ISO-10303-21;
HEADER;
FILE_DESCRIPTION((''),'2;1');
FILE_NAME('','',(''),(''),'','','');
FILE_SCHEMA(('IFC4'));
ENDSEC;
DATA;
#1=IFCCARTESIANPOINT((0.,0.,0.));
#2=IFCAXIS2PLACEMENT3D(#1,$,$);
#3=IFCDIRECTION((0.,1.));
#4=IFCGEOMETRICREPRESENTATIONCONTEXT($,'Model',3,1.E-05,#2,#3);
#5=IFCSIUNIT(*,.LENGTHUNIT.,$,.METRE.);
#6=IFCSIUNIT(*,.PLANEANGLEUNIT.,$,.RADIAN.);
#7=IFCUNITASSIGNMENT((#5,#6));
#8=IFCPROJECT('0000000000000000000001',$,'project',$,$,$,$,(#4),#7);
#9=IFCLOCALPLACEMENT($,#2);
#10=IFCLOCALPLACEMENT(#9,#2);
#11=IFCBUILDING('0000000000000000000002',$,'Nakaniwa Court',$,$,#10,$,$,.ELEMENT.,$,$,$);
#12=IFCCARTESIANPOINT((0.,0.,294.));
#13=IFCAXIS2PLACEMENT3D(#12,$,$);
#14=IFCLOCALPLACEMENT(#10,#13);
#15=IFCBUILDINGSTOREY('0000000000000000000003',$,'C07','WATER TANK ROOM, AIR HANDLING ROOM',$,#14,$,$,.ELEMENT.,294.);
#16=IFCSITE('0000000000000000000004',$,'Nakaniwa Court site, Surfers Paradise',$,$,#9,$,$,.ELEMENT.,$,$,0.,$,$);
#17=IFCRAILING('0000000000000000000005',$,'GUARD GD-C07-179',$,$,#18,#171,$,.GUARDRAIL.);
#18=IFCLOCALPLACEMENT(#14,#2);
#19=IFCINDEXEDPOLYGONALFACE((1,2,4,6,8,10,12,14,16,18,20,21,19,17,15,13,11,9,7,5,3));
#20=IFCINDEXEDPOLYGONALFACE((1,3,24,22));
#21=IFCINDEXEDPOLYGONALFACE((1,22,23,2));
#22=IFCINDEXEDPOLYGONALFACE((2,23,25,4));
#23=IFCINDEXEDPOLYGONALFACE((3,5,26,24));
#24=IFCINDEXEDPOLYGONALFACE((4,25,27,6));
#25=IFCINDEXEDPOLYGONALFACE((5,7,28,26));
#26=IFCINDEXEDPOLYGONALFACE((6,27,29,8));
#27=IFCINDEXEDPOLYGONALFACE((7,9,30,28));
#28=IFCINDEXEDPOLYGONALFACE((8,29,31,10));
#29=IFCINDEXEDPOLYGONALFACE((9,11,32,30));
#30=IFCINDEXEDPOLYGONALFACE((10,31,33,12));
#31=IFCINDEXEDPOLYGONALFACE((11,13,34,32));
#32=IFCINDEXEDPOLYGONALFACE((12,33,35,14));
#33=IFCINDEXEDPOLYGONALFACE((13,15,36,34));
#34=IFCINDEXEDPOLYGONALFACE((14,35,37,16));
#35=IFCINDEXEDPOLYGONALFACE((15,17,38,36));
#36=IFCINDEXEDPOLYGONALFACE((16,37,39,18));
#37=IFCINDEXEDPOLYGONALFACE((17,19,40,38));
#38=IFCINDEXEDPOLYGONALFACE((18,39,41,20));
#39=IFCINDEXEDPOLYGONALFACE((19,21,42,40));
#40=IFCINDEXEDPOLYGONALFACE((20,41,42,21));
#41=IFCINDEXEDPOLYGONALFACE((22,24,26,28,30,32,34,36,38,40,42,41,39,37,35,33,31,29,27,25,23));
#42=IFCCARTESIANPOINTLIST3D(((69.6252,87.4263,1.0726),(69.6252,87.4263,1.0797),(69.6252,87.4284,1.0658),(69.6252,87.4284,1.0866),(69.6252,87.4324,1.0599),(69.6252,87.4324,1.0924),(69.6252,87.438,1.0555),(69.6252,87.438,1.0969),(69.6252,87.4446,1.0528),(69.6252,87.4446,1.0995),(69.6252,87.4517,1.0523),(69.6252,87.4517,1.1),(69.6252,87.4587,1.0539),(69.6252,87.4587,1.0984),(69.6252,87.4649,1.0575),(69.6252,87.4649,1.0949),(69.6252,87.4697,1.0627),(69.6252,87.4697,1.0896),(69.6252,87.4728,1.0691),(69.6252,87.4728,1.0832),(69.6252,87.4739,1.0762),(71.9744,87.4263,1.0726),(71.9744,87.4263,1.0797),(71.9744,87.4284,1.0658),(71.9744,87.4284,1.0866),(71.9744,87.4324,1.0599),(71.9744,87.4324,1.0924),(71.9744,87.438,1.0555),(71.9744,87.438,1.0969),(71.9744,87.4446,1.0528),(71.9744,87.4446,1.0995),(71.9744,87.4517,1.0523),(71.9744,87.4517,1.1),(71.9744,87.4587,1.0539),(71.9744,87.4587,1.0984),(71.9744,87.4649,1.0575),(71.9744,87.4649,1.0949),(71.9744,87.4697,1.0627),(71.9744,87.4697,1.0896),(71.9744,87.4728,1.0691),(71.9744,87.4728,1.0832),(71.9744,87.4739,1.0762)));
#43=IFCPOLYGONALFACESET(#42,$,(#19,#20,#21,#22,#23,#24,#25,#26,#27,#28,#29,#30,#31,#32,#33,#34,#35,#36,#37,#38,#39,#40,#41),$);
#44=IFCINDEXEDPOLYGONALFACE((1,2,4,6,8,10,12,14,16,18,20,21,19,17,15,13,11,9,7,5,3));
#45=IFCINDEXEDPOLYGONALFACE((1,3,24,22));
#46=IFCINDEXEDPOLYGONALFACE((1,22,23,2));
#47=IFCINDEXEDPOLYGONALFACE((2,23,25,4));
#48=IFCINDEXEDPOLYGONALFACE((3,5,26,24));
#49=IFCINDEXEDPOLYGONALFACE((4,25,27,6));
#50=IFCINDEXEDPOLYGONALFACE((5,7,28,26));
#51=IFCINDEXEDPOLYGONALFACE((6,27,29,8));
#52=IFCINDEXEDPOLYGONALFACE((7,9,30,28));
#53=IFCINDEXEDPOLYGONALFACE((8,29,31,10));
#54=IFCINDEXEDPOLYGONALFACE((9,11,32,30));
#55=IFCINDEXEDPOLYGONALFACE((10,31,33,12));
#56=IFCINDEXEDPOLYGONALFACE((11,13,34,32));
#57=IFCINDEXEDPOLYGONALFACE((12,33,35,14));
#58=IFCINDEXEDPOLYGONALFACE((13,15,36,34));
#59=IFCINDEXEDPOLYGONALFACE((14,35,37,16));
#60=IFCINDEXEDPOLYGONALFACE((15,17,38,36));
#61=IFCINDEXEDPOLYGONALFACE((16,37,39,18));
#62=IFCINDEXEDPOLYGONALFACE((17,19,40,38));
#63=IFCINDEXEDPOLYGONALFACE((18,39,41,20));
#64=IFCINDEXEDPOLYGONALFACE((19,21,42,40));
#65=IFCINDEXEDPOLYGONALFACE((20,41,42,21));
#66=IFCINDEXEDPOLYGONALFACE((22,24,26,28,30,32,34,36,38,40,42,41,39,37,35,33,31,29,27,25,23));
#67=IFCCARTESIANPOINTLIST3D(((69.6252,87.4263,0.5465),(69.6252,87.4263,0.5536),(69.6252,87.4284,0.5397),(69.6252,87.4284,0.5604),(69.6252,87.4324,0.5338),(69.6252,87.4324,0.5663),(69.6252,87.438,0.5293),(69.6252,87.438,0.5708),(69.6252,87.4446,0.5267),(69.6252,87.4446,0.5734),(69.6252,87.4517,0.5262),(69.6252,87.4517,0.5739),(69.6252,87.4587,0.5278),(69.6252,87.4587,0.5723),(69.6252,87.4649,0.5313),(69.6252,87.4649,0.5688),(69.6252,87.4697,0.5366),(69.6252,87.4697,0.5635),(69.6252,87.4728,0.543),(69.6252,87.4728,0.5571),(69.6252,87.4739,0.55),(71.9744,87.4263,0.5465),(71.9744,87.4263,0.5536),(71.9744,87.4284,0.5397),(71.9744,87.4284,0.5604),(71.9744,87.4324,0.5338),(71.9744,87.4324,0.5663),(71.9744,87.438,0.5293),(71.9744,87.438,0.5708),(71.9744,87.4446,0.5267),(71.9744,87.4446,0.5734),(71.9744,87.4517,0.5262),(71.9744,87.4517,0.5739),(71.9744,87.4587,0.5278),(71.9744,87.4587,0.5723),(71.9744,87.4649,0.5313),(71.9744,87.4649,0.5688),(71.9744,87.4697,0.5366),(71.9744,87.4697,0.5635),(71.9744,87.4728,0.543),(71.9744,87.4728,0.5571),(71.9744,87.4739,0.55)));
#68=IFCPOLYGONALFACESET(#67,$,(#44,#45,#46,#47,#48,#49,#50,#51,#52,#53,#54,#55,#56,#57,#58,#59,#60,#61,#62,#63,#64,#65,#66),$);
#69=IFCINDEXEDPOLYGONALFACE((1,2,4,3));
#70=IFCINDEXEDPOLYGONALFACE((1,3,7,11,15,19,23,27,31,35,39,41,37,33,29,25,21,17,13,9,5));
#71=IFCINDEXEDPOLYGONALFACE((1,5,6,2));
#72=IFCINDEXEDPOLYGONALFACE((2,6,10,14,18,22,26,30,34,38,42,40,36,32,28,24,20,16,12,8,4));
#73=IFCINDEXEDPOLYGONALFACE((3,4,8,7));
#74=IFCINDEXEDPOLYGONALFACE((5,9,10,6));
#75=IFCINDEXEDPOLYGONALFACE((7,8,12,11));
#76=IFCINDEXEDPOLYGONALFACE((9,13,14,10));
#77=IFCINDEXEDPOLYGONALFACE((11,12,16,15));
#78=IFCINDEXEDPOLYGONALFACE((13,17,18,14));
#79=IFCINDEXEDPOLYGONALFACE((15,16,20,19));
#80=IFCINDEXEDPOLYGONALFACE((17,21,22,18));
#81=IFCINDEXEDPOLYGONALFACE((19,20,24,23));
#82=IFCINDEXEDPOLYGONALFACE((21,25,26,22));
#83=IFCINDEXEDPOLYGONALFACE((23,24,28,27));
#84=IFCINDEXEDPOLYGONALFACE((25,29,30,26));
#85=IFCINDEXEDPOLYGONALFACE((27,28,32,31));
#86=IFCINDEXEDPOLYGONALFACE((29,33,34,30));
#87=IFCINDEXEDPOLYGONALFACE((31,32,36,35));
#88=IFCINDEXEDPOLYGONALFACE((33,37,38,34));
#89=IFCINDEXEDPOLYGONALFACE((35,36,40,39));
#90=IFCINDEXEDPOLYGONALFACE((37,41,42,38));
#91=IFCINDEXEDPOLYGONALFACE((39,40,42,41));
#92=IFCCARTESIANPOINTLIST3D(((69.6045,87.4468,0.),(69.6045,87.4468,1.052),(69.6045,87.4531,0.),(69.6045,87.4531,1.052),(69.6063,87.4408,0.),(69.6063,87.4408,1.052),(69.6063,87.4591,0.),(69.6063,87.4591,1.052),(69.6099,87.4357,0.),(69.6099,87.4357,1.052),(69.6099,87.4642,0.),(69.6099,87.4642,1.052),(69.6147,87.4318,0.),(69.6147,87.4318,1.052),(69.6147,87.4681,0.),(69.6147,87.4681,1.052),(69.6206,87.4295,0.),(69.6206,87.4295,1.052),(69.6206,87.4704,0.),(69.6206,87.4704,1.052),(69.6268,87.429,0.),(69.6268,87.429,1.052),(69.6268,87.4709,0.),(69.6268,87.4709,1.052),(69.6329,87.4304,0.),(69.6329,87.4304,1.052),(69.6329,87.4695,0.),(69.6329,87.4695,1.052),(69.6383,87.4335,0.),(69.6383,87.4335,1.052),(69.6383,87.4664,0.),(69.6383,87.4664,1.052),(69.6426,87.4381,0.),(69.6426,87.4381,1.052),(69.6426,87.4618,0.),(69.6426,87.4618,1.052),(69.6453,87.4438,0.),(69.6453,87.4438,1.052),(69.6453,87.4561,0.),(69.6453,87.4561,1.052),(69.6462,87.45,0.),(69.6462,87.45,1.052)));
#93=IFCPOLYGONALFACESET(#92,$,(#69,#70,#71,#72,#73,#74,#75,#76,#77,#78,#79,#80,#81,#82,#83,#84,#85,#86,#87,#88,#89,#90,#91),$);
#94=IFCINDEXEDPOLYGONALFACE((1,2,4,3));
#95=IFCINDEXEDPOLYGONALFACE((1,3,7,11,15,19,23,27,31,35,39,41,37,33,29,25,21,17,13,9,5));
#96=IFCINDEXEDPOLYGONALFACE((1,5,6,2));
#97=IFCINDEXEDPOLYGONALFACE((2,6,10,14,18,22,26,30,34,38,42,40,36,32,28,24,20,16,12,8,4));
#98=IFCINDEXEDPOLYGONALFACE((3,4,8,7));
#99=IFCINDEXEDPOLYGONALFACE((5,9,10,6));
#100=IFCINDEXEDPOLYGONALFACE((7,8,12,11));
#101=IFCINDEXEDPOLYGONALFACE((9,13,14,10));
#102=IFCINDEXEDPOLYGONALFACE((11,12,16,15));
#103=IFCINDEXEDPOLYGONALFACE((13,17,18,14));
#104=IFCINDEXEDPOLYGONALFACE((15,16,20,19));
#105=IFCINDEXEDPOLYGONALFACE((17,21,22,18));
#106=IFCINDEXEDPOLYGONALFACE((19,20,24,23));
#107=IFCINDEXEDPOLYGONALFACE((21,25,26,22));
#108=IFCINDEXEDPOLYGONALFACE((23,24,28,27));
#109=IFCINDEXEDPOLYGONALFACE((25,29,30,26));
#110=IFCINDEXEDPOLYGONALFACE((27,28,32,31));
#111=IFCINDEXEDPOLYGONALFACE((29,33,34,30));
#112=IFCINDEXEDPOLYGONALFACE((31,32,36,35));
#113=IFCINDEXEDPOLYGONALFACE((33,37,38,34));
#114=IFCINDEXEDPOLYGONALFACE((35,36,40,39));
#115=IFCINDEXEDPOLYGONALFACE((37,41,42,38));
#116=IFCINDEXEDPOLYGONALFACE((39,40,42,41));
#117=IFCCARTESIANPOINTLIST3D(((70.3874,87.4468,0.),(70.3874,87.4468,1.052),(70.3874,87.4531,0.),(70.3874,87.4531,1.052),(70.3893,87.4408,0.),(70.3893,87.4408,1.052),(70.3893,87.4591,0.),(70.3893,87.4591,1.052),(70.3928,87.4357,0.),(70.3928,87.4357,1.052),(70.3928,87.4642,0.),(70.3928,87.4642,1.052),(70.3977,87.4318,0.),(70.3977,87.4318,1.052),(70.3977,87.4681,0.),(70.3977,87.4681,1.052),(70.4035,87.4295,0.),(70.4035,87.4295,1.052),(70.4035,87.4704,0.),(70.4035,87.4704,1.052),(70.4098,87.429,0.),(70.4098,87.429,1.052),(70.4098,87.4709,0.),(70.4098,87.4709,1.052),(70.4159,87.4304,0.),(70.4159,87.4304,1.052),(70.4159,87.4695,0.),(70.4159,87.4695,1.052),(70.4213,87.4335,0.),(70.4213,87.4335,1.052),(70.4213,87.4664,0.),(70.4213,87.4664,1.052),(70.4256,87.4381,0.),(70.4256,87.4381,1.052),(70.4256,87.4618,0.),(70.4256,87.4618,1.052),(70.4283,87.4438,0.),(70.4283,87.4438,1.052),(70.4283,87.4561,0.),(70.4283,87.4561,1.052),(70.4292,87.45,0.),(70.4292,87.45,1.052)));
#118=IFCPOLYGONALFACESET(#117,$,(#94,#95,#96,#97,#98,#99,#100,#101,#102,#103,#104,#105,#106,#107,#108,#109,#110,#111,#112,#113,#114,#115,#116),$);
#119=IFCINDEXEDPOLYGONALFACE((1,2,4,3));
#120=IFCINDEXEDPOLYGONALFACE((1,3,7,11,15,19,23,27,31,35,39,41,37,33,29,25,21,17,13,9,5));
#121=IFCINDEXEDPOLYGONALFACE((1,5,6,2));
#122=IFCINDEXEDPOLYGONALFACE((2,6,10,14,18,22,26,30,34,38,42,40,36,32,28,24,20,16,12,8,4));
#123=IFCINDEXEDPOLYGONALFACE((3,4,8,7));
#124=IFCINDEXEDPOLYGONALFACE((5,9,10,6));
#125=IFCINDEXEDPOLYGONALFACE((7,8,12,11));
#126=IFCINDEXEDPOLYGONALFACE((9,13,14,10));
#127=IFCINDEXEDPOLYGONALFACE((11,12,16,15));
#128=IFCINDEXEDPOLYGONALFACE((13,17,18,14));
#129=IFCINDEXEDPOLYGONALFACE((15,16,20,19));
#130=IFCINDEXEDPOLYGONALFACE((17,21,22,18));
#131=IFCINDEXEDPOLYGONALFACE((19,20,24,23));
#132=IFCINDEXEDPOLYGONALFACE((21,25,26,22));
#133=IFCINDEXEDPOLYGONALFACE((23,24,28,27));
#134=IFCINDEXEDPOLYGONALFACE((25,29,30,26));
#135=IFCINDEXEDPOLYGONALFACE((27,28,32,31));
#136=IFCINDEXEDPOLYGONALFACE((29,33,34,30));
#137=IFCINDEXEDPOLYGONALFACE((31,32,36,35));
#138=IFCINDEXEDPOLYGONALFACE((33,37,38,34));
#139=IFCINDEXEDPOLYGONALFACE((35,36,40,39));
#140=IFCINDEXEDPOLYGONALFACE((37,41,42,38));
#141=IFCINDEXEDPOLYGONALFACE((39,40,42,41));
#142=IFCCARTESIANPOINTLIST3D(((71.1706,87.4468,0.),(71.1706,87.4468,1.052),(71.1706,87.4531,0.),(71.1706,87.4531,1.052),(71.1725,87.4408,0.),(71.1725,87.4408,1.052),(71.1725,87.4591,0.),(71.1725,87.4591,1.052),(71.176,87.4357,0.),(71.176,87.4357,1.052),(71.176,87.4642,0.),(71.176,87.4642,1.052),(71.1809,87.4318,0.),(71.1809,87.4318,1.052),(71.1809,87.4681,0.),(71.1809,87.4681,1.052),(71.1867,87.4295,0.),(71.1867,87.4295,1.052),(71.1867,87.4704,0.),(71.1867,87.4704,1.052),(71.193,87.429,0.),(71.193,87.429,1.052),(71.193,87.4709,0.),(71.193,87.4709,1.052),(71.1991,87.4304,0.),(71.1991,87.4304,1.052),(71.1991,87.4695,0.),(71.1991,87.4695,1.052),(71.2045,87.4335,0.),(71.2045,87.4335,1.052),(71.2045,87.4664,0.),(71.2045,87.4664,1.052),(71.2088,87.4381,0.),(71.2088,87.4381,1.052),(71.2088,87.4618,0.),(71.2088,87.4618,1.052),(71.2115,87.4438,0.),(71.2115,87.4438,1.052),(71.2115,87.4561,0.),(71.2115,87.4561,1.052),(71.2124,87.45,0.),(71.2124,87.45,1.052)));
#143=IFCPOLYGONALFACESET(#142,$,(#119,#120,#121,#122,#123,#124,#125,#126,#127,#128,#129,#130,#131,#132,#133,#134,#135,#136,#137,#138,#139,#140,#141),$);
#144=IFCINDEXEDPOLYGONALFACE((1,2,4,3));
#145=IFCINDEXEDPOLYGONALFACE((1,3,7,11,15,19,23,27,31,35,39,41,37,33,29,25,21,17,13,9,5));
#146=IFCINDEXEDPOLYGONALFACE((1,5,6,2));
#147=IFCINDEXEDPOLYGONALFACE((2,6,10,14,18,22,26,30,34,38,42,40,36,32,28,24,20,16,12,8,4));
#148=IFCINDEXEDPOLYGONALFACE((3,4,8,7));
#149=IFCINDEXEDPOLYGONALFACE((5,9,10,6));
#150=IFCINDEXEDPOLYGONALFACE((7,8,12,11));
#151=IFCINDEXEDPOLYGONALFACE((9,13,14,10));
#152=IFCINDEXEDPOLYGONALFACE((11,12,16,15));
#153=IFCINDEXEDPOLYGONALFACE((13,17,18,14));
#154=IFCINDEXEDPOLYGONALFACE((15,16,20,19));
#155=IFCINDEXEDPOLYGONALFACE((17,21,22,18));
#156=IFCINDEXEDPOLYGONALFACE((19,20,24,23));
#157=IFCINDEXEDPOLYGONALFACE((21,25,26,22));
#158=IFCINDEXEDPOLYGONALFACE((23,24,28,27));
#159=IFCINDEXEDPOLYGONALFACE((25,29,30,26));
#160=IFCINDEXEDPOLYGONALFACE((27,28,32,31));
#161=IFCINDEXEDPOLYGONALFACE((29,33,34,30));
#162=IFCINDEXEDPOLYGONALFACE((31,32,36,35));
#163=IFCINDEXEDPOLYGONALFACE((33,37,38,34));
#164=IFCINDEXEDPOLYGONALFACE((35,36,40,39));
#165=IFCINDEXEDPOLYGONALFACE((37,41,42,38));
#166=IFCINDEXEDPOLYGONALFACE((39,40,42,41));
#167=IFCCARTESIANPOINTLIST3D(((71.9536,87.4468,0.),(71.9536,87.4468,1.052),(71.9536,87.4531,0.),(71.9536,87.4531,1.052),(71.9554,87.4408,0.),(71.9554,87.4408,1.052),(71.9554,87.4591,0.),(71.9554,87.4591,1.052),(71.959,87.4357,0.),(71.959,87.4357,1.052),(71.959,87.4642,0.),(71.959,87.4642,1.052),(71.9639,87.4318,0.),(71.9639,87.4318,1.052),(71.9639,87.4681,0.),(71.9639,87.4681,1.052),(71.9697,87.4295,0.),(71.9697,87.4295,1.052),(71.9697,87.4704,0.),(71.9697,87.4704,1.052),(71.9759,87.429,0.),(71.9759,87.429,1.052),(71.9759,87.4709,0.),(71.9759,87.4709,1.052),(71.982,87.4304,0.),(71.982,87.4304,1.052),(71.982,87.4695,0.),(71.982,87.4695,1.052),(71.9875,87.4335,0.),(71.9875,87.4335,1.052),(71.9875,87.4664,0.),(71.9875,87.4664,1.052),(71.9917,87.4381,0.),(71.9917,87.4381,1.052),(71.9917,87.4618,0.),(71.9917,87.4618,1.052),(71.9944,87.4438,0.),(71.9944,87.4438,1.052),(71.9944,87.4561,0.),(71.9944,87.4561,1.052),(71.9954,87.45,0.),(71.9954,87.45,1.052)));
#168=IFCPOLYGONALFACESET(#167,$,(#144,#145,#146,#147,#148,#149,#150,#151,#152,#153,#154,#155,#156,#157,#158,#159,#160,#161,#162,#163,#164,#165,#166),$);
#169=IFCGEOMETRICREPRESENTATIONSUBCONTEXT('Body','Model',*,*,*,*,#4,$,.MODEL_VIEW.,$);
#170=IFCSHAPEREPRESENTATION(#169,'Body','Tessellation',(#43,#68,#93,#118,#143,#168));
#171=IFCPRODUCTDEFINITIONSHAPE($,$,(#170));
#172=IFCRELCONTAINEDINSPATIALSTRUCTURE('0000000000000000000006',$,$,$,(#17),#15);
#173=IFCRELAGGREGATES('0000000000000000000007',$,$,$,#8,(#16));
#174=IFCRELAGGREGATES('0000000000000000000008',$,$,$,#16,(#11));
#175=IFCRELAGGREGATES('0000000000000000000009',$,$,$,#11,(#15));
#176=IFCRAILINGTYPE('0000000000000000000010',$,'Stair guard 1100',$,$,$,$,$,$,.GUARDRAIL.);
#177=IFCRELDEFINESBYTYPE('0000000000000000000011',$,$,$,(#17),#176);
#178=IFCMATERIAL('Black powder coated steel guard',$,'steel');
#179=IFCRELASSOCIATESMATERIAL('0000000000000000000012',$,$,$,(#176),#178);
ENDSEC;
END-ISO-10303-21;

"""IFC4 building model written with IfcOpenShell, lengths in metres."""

from ifc_helpers import new_model, si_unit, direction, frame, origin, origin_2d, place, context, subcontext, project, spatial, circle, extrude, material, type_object, element, save


model = new_model("IFC4")

# Units and contexts
model_context = context("Model", 3, precision=1e-05, world=origin(), true_north=direction((0.0, 1.0)))
body_context = subcontext(model_context, "Body", "Model", "MODEL_VIEW")
ifc_project = project(units=[si_unit("LENGTHUNIT", "METRE"), si_unit("PLANEANGLEUNIT", "RADIAN")], contexts=[model_context])

# Site, building, storey
site_placement = place(None, origin())
site = spatial("IfcSite", under=ifc_project, at=site_placement, Name="Nakaniwa Court site, Surfers Paradise", CompositionType="ELEMENT", RefElevation=0.0)
building_placement = place(site_placement, origin())
building = spatial("IfcBuilding", under=site, at=building_placement, Name="Nakaniwa Court", CompositionType="ELEMENT")
storey_placement = place(building_placement, frame((0.0, 0.0, 294.0)))
storey = spatial("IfcBuildingStorey", under=building, at=storey_placement, Name="C07", Description="WATER TANK ROOM, AIR HANDLING ROOM", CompositionType="ELEMENT", Elevation=294.0)

# Railing
ifc_material_1 = material(Name="Black powder coated steel guard", Category="steel")
railing_type = type_object("IfcRailingType", Name="Stair guard 1100", PredefinedType="GUARDRAIL", material=ifc_material_1)
railing_placement = place(storey_placement, frame((69.6252, 87.45, 0.0)))
element("IfcRailing", 1, at=railing_placement, inside=storey, type_object=railing_type, Name="GUARD GD-C07-179", PredefinedType="GUARDRAIL", context=body_context, shape_type="SweptSolid", body=[
    extrude(circle(Radius=0.0239, at=origin_2d()), frame((0.0, 0.0, 1.0762), z_axis=(1.0, 0.0, 0.0), x_axis=(0.0, 1.0, 0.0)), (0.0, 0.0, 1.0), 2.3491),
    extrude(circle(Radius=0.0239, at=origin_2d()), frame((0.0, 0.0, 0.55), z_axis=(1.0, 0.0, 0.0), x_axis=(0.0, 1.0, 0.0)), (0.0, 0.0, 1.0), 2.3491),
    extrude(circle(Radius=0.021, at=origin_2d()), origin(), (0.0, 0.0, 1.0), 1.052),
    extrude(circle(Radius=0.021, at=origin_2d()), frame((0.783, 0.0, 0.0)), (0.0, 0.0, 1.0), 1.052),
    extrude(circle(Radius=0.021, at=origin_2d()), frame((1.5662, 0.0, 0.0)), (0.0, 0.0, 1.0), 1.052),
    extrude(circle(Radius=0.021, at=origin_2d()), frame((2.3491, 0.0, 0.0)), (0.0, 0.0, 1.0), 1.052),
])

save(model, "model.ifc")
